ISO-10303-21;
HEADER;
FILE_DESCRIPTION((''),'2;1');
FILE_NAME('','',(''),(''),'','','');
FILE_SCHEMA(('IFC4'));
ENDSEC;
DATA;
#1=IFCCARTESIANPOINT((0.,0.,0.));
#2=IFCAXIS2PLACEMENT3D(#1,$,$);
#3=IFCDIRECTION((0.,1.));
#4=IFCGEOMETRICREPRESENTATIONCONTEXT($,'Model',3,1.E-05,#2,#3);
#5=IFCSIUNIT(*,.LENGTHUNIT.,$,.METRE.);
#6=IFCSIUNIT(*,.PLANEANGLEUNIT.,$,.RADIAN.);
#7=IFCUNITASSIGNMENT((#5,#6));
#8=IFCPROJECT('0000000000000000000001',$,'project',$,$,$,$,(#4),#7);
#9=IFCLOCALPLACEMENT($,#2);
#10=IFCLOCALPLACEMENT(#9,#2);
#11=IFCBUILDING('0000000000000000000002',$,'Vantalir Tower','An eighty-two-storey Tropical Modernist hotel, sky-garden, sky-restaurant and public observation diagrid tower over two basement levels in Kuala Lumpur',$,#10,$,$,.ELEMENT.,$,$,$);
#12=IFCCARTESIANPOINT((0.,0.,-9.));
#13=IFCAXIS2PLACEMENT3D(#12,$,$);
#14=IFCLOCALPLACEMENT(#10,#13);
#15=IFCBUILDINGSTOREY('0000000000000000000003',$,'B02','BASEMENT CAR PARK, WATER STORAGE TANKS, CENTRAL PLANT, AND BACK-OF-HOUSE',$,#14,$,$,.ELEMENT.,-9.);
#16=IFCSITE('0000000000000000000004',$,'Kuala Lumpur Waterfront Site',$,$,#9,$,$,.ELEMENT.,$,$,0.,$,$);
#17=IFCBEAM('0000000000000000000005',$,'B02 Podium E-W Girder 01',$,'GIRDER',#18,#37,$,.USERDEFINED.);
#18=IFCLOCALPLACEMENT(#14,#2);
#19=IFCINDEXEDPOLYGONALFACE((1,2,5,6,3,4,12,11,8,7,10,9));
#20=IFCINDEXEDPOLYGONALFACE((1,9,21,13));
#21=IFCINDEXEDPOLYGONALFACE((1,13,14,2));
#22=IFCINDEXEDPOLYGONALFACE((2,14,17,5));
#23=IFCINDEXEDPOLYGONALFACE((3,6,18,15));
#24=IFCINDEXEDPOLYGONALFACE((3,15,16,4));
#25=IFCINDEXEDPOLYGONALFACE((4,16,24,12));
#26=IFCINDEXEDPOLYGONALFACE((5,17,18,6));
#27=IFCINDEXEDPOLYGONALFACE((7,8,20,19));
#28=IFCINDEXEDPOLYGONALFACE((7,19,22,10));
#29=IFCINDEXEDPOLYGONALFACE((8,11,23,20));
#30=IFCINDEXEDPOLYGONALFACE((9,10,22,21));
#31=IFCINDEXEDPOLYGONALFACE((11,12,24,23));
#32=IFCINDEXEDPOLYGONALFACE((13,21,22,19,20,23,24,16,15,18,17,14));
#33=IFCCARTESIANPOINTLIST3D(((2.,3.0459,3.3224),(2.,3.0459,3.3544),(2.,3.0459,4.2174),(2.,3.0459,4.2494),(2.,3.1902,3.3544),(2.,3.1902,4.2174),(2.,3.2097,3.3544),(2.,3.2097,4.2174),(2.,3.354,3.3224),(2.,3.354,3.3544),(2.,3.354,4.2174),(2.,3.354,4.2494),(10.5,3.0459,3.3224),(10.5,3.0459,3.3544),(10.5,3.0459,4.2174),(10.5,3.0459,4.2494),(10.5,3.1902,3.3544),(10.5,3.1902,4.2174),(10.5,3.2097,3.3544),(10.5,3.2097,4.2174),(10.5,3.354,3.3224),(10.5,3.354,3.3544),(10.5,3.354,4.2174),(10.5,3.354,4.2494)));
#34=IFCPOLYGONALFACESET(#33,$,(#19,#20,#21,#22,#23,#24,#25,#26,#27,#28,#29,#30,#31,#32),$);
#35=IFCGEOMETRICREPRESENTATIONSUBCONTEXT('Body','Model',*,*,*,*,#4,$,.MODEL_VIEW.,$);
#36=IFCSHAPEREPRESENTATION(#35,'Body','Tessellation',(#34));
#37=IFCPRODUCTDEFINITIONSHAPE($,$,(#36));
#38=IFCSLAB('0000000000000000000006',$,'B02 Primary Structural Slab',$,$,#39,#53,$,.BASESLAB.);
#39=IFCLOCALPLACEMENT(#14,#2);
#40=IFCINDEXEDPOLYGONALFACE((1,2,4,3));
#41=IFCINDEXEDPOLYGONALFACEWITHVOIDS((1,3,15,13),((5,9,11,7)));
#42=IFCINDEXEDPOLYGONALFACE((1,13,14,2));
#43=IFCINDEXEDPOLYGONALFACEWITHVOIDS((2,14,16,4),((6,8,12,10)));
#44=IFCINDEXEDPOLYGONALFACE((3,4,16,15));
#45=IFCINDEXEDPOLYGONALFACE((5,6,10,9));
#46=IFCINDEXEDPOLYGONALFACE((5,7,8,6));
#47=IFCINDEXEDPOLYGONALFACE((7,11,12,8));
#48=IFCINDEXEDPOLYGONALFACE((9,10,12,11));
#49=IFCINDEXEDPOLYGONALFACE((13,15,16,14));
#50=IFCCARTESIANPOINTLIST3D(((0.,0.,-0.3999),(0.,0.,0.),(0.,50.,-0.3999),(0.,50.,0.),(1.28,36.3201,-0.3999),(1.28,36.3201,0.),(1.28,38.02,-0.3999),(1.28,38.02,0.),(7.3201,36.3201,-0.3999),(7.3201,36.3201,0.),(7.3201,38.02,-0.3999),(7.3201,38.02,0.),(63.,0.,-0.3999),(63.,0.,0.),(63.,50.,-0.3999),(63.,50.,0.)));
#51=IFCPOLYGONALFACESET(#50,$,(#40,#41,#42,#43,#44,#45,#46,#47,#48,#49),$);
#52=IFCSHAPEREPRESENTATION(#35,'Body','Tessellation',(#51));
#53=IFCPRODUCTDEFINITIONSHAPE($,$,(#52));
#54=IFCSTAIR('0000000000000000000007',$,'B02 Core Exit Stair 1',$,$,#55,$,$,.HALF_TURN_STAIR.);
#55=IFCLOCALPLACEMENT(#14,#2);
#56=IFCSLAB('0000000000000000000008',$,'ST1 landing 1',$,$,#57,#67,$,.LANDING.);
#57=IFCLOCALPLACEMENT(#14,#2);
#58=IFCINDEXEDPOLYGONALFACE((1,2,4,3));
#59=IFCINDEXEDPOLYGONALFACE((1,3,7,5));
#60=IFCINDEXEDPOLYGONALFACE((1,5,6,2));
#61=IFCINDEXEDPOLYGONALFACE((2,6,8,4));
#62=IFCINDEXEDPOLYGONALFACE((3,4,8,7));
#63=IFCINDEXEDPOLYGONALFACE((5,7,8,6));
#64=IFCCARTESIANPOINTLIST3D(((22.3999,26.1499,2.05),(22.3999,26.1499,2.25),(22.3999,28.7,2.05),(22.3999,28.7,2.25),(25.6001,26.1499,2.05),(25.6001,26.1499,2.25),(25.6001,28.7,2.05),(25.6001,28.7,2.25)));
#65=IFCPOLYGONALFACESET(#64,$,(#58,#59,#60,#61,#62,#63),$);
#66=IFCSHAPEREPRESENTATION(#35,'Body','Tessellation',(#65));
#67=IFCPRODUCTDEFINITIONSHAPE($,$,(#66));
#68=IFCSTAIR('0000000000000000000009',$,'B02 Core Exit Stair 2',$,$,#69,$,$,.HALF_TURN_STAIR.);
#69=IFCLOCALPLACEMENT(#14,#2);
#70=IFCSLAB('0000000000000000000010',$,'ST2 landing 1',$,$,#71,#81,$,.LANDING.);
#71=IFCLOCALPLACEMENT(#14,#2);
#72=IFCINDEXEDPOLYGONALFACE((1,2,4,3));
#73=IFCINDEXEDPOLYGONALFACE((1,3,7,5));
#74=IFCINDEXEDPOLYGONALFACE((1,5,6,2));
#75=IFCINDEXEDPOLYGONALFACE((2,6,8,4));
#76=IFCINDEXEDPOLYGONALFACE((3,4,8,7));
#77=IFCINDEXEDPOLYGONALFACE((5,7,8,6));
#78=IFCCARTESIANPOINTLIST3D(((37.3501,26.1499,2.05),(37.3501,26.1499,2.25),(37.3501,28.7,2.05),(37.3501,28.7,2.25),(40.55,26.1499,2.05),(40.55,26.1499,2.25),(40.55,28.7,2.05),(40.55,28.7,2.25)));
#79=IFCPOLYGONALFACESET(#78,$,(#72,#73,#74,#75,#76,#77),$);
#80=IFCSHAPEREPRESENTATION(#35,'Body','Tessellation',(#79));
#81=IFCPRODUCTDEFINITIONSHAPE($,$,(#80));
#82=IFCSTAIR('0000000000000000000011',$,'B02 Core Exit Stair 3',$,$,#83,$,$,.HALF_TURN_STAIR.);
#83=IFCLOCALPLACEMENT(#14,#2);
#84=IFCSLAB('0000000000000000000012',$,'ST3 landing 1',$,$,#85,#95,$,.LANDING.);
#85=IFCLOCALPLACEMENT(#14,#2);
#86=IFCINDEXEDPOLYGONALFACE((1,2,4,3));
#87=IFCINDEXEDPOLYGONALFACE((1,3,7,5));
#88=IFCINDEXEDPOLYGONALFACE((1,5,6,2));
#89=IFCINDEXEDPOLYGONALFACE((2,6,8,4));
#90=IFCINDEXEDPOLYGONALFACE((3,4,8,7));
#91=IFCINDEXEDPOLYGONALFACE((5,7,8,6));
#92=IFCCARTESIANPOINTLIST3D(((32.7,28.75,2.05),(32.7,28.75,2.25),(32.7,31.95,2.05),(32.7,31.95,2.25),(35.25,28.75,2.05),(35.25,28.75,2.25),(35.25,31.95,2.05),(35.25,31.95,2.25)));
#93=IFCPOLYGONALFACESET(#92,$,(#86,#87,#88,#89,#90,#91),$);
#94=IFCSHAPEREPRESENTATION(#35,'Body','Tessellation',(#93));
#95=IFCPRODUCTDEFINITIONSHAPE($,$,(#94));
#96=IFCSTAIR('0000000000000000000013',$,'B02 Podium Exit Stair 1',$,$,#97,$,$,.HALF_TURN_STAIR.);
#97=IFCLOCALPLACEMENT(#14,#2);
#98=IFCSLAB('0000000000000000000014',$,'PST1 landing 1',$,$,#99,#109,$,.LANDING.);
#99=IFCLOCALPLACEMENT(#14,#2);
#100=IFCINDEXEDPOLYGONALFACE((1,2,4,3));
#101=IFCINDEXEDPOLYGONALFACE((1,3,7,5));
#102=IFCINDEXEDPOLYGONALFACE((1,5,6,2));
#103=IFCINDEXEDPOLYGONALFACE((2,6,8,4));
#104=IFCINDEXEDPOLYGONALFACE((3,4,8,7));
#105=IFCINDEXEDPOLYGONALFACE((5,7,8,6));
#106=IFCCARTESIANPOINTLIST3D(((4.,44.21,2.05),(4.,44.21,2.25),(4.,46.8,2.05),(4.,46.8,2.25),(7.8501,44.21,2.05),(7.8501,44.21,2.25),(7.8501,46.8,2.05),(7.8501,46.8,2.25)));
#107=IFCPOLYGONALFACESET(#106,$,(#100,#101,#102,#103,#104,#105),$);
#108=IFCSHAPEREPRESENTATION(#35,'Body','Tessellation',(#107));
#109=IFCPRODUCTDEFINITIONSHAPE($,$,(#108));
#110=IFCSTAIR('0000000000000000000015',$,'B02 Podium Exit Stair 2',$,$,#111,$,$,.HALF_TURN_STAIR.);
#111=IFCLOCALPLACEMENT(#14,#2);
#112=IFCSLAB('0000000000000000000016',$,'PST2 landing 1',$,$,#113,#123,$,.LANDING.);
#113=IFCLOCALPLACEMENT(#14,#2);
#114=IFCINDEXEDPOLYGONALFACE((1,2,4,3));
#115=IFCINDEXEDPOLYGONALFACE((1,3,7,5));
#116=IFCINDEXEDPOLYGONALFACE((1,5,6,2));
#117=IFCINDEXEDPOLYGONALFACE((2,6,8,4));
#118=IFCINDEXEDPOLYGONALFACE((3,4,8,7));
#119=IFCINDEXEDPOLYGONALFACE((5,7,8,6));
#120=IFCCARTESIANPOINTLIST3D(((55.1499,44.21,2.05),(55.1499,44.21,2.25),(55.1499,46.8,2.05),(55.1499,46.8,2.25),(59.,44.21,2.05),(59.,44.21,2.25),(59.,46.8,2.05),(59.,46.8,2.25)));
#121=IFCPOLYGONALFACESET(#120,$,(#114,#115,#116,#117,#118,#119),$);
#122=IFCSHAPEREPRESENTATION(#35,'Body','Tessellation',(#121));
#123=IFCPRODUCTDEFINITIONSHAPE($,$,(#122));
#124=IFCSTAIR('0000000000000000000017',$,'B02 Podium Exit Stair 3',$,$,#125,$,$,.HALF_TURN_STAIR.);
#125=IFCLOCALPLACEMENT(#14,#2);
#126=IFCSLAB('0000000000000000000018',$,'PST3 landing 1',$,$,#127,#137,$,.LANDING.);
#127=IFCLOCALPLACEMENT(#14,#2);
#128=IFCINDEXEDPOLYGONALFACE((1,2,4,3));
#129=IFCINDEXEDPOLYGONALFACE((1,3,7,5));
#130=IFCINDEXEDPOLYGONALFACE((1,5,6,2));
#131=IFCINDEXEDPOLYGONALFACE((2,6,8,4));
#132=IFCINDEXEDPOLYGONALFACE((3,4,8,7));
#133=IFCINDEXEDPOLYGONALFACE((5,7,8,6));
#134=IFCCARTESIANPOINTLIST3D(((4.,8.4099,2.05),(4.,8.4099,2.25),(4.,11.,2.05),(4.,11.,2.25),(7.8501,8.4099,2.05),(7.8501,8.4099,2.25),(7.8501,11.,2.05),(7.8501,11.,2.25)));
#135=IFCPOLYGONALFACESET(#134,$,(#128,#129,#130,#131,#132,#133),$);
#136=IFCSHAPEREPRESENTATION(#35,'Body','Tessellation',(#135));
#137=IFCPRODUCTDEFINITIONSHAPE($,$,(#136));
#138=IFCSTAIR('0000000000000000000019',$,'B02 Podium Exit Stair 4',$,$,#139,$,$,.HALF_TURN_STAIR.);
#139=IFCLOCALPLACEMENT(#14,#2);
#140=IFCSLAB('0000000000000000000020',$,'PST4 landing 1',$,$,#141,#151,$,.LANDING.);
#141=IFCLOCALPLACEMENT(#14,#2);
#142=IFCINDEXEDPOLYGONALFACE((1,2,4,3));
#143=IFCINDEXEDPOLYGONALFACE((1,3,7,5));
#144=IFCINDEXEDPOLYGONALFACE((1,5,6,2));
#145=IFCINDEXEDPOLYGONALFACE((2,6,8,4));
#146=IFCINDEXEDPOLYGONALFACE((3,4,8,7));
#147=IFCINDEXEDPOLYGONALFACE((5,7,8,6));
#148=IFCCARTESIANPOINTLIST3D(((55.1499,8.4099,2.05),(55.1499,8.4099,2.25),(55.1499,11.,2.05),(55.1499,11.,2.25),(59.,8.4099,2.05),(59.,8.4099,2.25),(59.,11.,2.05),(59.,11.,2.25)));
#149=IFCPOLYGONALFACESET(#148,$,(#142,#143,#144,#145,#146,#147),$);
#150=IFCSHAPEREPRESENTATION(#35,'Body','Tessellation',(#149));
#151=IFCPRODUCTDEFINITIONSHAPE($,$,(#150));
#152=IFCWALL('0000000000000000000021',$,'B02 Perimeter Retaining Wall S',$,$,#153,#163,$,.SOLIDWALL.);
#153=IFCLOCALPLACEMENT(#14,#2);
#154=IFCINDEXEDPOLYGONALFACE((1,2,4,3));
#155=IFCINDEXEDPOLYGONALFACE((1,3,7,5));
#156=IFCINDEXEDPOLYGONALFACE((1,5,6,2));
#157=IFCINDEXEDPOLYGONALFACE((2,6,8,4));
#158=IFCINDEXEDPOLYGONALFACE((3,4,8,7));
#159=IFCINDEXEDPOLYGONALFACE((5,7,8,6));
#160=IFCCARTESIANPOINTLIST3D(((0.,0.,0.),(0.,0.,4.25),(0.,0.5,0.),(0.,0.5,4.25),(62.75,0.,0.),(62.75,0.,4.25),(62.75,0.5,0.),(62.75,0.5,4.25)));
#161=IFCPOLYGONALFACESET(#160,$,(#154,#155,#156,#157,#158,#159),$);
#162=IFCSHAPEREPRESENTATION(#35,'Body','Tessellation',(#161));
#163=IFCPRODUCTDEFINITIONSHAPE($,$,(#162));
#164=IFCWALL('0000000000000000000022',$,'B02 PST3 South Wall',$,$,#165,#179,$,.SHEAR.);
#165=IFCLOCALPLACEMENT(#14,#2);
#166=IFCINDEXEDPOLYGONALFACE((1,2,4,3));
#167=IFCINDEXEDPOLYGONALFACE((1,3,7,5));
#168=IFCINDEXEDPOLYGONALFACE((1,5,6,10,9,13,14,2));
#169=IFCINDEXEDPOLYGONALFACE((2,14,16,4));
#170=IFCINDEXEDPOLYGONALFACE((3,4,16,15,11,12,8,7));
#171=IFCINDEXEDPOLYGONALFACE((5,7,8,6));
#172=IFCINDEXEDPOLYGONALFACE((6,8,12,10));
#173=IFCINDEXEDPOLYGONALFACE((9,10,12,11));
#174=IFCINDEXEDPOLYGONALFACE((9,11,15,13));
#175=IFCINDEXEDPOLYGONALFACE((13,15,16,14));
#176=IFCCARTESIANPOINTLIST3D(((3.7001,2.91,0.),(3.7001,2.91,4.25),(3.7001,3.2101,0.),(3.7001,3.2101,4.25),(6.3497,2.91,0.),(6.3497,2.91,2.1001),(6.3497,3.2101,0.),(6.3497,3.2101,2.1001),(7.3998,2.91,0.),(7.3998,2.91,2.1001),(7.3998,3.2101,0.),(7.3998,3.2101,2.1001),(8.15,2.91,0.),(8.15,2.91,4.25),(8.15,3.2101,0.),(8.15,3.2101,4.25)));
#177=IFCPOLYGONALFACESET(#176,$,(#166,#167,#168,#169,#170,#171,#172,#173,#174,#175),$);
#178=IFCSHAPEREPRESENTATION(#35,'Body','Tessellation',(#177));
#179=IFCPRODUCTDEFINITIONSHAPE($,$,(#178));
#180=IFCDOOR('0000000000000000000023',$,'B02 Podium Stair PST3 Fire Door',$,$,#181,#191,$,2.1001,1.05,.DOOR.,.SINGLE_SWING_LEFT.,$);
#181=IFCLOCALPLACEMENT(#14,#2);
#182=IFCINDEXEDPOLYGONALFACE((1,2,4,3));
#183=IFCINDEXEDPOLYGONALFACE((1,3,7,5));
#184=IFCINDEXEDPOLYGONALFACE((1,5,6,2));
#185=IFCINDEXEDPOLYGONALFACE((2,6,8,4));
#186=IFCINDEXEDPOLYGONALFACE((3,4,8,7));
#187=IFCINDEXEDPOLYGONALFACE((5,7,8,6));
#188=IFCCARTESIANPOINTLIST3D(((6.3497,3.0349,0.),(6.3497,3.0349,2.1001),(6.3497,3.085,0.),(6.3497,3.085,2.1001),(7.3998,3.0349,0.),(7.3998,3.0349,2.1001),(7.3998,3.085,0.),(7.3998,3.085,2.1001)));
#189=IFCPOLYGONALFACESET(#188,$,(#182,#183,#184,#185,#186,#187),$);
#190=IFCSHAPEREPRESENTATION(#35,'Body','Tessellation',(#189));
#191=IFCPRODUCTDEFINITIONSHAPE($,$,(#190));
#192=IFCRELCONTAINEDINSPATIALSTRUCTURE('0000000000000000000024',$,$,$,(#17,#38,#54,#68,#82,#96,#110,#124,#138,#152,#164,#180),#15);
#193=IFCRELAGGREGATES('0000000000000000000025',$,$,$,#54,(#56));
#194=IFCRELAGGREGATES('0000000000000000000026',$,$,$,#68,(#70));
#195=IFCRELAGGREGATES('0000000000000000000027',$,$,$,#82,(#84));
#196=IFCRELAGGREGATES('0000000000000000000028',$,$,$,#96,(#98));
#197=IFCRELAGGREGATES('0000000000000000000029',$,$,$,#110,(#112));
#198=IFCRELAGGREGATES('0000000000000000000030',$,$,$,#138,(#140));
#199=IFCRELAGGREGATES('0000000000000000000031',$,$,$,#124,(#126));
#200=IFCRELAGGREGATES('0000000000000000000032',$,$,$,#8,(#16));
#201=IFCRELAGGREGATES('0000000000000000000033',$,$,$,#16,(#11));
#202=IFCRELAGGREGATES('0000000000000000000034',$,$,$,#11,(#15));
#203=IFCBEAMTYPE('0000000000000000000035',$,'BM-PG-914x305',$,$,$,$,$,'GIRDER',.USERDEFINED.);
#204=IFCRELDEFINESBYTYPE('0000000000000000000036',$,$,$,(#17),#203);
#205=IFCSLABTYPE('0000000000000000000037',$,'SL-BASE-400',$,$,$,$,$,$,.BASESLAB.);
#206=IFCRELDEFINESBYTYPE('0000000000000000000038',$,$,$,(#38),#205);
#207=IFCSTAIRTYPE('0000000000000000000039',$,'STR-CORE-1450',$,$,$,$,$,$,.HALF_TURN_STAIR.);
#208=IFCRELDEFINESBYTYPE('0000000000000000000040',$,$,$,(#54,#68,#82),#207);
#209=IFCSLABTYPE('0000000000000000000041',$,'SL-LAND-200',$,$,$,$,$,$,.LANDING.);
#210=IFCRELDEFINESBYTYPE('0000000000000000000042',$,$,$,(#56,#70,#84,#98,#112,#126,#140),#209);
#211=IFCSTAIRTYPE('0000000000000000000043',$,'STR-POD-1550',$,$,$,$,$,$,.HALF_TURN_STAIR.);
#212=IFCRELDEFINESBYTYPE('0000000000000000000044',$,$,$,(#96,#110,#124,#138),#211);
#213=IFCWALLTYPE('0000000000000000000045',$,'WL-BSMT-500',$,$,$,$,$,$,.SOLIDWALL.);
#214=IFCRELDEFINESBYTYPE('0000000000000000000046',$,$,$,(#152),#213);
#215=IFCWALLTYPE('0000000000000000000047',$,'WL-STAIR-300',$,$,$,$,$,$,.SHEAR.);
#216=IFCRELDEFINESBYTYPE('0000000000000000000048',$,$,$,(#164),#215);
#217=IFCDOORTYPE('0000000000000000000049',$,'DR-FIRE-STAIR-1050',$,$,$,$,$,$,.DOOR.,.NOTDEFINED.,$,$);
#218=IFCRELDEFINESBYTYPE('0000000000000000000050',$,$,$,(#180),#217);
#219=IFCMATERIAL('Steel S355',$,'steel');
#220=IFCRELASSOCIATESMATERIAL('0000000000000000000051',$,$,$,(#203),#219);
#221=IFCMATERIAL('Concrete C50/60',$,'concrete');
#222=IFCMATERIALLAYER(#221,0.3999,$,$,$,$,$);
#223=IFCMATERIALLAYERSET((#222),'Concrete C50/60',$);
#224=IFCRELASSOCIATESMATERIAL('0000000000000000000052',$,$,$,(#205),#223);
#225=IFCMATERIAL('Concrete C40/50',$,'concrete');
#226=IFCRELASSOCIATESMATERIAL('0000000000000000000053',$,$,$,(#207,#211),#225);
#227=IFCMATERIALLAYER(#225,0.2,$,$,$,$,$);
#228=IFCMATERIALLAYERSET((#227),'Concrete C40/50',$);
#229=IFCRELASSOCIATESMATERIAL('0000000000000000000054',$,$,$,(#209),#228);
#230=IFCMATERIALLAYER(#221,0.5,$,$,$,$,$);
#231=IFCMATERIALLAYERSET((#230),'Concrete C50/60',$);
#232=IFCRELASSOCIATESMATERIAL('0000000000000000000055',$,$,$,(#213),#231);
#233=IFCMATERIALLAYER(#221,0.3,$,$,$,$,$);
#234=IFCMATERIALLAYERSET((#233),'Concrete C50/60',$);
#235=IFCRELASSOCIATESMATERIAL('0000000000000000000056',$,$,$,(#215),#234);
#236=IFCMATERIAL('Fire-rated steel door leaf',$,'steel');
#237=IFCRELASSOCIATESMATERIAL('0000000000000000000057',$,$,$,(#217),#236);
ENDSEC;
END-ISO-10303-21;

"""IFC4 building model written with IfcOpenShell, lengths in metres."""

from ifc_helpers import new_model, si_unit, direction, frame, frame_2d, origin, origin_2d, place, context, subcontext, project, spatial, polyline, rectangle, i_section, outline, extrude, material, layer, layer_set, material_profile, profile_set, type_object, element, fill, aggregate, save


model = new_model("IFC4")

# Units and contexts
model_context = context("Model", 3, precision=1e-05, world=origin(), true_north=direction((0.0, 1.0)))
body_context = subcontext(model_context, "Body", "Model", "MODEL_VIEW")
ifc_project = project(units=[si_unit("LENGTHUNIT", "METRE"), si_unit("PLANEANGLEUNIT", "RADIAN")], contexts=[model_context])

# Site, building, storey
site_placement = place(None, origin())
site = spatial("IfcSite", under=ifc_project, at=site_placement, Name="Kuala Lumpur Waterfront Site", CompositionType="ELEMENT", RefElevation=0.0)
building_placement = place(site_placement, origin())
building = spatial("IfcBuilding", under=site, at=building_placement, Name="Vantalir Tower", Description="An eighty-two-storey Tropical Modernist hotel, sky-garden, sky-restaurant and public observation diagrid tower over two basement levels in Kuala Lumpur", CompositionType="ELEMENT")
storey_placement = place(building_placement, frame((0.0, 0.0, -9.0)))
storey = spatial("IfcBuildingStorey", under=building, at=storey_placement, Name="B02", Description="BASEMENT CAR PARK, WATER STORAGE TANKS, CENTRAL PLANT, AND BACK-OF-HOUSE", CompositionType="ELEMENT", Elevation=-9.0)

# Shared definitions
ifc_material_1 = material(Name="Concrete C50/60", Category="concrete")

# Beam
ifc_material_2 = material(Name="Steel S355", Category="steel")
ifc_material_profile_1 = material_profile(ifc_material_2, i_section(OverallWidth=0.3081, OverallDepth=0.927, WebThickness=0.0195, FlangeThickness=0.032, at=origin_2d()), Name="Steel S355")
ifc_profile_set_1 = profile_set([ifc_material_profile_1], Name="Steel S355")
beam_type = type_object("IfcBeamType", Name="BM-PG-914x305", ElementType="GIRDER", PredefinedType="USERDEFINED", material=ifc_profile_set_1)
beam_placement = place(storey_placement, frame((2.0, 3.2, 3.7859), z_axis=(1.0, 0.0, 0.0), x_axis=(0.0, 1.0, 0.0)))
element("IfcBeam", 1, at=beam_placement, inside=storey, type_object=beam_type, Name="B02 Podium E-W Girder 01", ObjectType="GIRDER", PredefinedType="USERDEFINED", context=body_context, shape_type="SweptSolid", body=[
    extrude(i_section(OverallWidth=0.3081, OverallDepth=0.927, WebThickness=0.0195, FlangeThickness=0.032, at=origin_2d()), origin(), (0.0, 0.0, 1.0), 8.5),
])

# Slab
ifc_layer_1 = layer(ifc_material_1, 0.3999)
ifc_layer_set_1 = layer_set([ifc_layer_1], Name="Concrete C50/60")
slab_type_1 = type_object("IfcSlabType", Name="SL-BASE-400", PredefinedType="BASESLAB", material=ifc_layer_set_1)
slab_1_placement = place(storey_placement, frame((0.0, 0.0, -0.3999)))
element("IfcSlab", 2, at=slab_1_placement, inside=storey, type_object=slab_type_1, Name="B02 Primary Structural Slab", PredefinedType="BASESLAB", context=body_context, shape_type="SweptSolid", body=[
    extrude(outline(polyline([(0.0, 0.0), (63.0, 0.0), (63.0, 50.0), (0.0, 50.0), (0.0, 0.0)]), holes=[polyline([(7.3201, 36.3201), (1.28, 36.3201), (1.28, 38.02), (7.3201, 38.02), (7.3201, 36.3201)])]), origin(), (0.0, 0.0, 1.0), 0.3999),
])

# Stairs, slabs
ifc_material_3 = material(Name="Concrete C40/50", Category="concrete")
stair_type_1 = type_object("IfcStairType", Name="STR-CORE-1450", PredefinedType="HALF_TURN_STAIR", material=ifc_material_3)
stair_1_placement = place(storey_placement, origin())
stair_1 = element("IfcStair", 3, at=stair_1_placement, inside=storey, type_object=stair_type_1, Name="B02 Core Exit Stair 1", PredefinedType="HALF_TURN_STAIR")
ifc_layer_2 = layer(ifc_material_3, 0.2)
ifc_layer_set_2 = layer_set([ifc_layer_2], Name="Concrete C40/50")
slab_type_2 = type_object("IfcSlabType", Name="SL-LAND-200", PredefinedType="LANDING", material=ifc_layer_set_2)
slab_2_placement = place(storey_placement, frame((0.0, 0.0, 2.05)))
slab_2 = element("IfcSlab", 4, at=slab_2_placement, type_object=slab_type_2, Name="ST1 landing 1", PredefinedType="LANDING", context=body_context, shape_type="SweptSolid", body=[
    extrude(outline(polyline([(25.6001, 26.1499), (25.6001, 28.7), (22.3999, 28.7), (22.3999, 26.1499), (25.6001, 26.1499)])), origin(), (0.0, 0.0, 1.0), 0.2),
])
aggregate(stair_1, [slab_2])
stair_2_placement = place(storey_placement, origin())
stair_2 = element("IfcStair", 5, at=stair_2_placement, inside=storey, type_object=stair_type_1, Name="B02 Core Exit Stair 2", PredefinedType="HALF_TURN_STAIR")
slab_3_placement = place(storey_placement, frame((0.0, 0.0, 2.05)))
slab_3 = element("IfcSlab", 6, at=slab_3_placement, type_object=slab_type_2, Name="ST2 landing 1", PredefinedType="LANDING", context=body_context, shape_type="SweptSolid", body=[
    extrude(outline(polyline([(40.55, 26.1499), (40.55, 28.7), (37.3501, 28.7), (37.3501, 26.1499), (40.55, 26.1499)])), origin(), (0.0, 0.0, 1.0), 0.2),
])
aggregate(stair_2, [slab_3])
stair_3_placement = place(storey_placement, origin())
stair_3 = element("IfcStair", 7, at=stair_3_placement, inside=storey, type_object=stair_type_1, Name="B02 Core Exit Stair 3", PredefinedType="HALF_TURN_STAIR")
slab_4_placement = place(storey_placement, frame((0.0, 0.0, 2.05)))
slab_4 = element("IfcSlab", 8, at=slab_4_placement, type_object=slab_type_2, Name="ST3 landing 1", PredefinedType="LANDING", context=body_context, shape_type="SweptSolid", body=[
    extrude(outline(polyline([(32.7, 28.75), (35.25, 28.75), (35.25, 31.95), (32.7, 31.95), (32.7, 28.75)])), origin(), (0.0, 0.0, 1.0), 0.2),
])
aggregate(stair_3, [slab_4])
stair_type_2 = type_object("IfcStairType", Name="STR-POD-1550", PredefinedType="HALF_TURN_STAIR", material=ifc_material_3)
stair_4_placement = place(storey_placement, origin())
stair_4 = element("IfcStair", 9, at=stair_4_placement, inside=storey, type_object=stair_type_2, Name="B02 Podium Exit Stair 1", PredefinedType="HALF_TURN_STAIR")
slab_5_placement = place(storey_placement, frame((0.0, 0.0, 2.05)))
slab_5 = element("IfcSlab", 10, at=slab_5_placement, type_object=slab_type_2, Name="PST1 landing 1", PredefinedType="LANDING", context=body_context, shape_type="SweptSolid", body=[
    extrude(outline(polyline([(7.8501, 44.21), (7.8501, 46.8), (4.0, 46.8), (4.0, 44.21), (7.8501, 44.21)])), origin(), (0.0, 0.0, 1.0), 0.2),
])
aggregate(stair_4, [slab_5])
stair_5_placement = place(storey_placement, origin())
stair_5 = element("IfcStair", 11, at=stair_5_placement, inside=storey, type_object=stair_type_2, Name="B02 Podium Exit Stair 2", PredefinedType="HALF_TURN_STAIR")
slab_6_placement = place(storey_placement, frame((0.0, 0.0, 2.05)))
slab_6 = element("IfcSlab", 12, at=slab_6_placement, type_object=slab_type_2, Name="PST2 landing 1", PredefinedType="LANDING", context=body_context, shape_type="SweptSolid", body=[
    extrude(outline(polyline([(59.0, 44.21), (59.0, 46.8), (55.1499, 46.8), (55.1499, 44.21), (59.0, 44.21)])), origin(), (0.0, 0.0, 1.0), 0.2),
])
aggregate(stair_5, [slab_6])
stair_6_placement = place(storey_placement, origin())
stair_6 = element("IfcStair", 13, at=stair_6_placement, inside=storey, type_object=stair_type_2, Name="B02 Podium Exit Stair 3", PredefinedType="HALF_TURN_STAIR")
slab_7_placement = place(storey_placement, frame((0.0, 0.0, 2.05)))
slab_7 = element("IfcSlab", 14, at=slab_7_placement, type_object=slab_type_2, Name="PST3 landing 1", PredefinedType="LANDING", context=body_context, shape_type="SweptSolid", body=[
    extrude(outline(polyline([(7.8501, 8.4099), (7.8501, 11.0), (4.0, 11.0), (4.0, 8.4099), (7.8501, 8.4099)])), origin(), (0.0, 0.0, 1.0), 0.2),
])
stair_7_placement = place(storey_placement, origin())
stair_7 = element("IfcStair", 15, at=stair_7_placement, inside=storey, type_object=stair_type_2, Name="B02 Podium Exit Stair 4", PredefinedType="HALF_TURN_STAIR")
slab_8_placement = place(storey_placement, frame((0.0, 0.0, 2.05)))
slab_8 = element("IfcSlab", 16, at=slab_8_placement, type_object=slab_type_2, Name="PST4 landing 1", PredefinedType="LANDING", context=body_context, shape_type="SweptSolid", body=[
    extrude(outline(polyline([(59.0, 8.4099), (59.0, 11.0), (55.1499, 11.0), (55.1499, 8.4099), (59.0, 8.4099)])), origin(), (0.0, 0.0, 1.0), 0.2),
])
aggregate(stair_7, [slab_8])

# Wall
ifc_layer_3 = layer(ifc_material_1, 0.5)
ifc_layer_set_3 = layer_set([ifc_layer_3], Name="Concrete C50/60")
wall_type_1 = type_object("IfcWallType", Name="WL-BSMT-500", PredefinedType="SOLIDWALL", material=ifc_layer_set_3)
wall_1_placement = place(storey_placement, frame((0.0, 0.25, 0.0), z_axis=(0.0, 0.0, 1.0), x_axis=(1.0, 0.0, 0.0)))
element("IfcWall", 17, at=wall_1_placement, inside=storey, type_object=wall_type_1, Name="B02 Perimeter Retaining Wall S", PredefinedType="SOLIDWALL", context=body_context, shape_type="SweptSolid", body=[
    extrude(rectangle(XDim=62.75, YDim=0.5, at=frame_2d((31.375, 0.0))), origin(), (0.0, 0.0, 1.0), 4.25),
])

# Wall, opening, door
ifc_layer_4 = layer(ifc_material_1, 0.3)
ifc_layer_set_4 = layer_set([ifc_layer_4], Name="Concrete C50/60")
wall_type_2 = type_object("IfcWallType", Name="WL-STAIR-300", PredefinedType="SHEAR", material=ifc_layer_set_4)
wall_2_placement = place(storey_placement, frame((3.7, 3.0601, 0.0), z_axis=(0.0, 0.0, 1.0), x_axis=(1.0, 0.0, 0.0)))
wall_2 = element("IfcWall", 18, at=wall_2_placement, inside=storey, type_object=wall_type_2, Name="B02 PST3 South Wall", PredefinedType="SHEAR", context=body_context, shape_type="SweptSolid", body=[
    extrude(rectangle(XDim=4.45, YDim=0.3, at=frame_2d((2.2251, 0.0))), origin(), (0.0, 0.0, 1.0), 4.25),
])
opening_placement = place(wall_2_placement, frame((2.6499, 0.0, 0.0)))
opening = element("IfcOpeningElement", 19, at=opening_placement, cuts=wall_2, PredefinedType="OPENING", context=body_context, shape_type="SweptSolid", body=[
    extrude(rectangle(XDim=1.05, YDim=2.1001, at=frame_2d((0.5249, 1.05))), frame((0.0, 0.1599, 0.0), z_axis=(0.0, -1.0, 0.0), x_axis=(1.0, 0.0, 0.0)), (0.0, 0.0, 1.0), 0.3201),
])
ifc_material_4 = material(Name="Fire-rated steel door leaf", Category="steel")
door_type = type_object("IfcDoorType", Name="DR-FIRE-STAIR-1050", OperationType="NOTDEFINED", PredefinedType="DOOR", material=ifc_material_4)
door_placement = place(opening_placement, origin())
door = element("IfcDoor", 20, at=door_placement, inside=storey, type_object=door_type, Name="B02 Podium Stair PST3 Fire Door", OperationType="SINGLE_SWING_LEFT", OverallHeight=2.1001, OverallWidth=1.05, PredefinedType="DOOR", context=body_context, shape_type="SweptSolid", body=[
    extrude(rectangle(XDim=1.05, YDim=2.1001, at=frame_2d((0.5249, 1.05))), frame((0.0, 0.0249, 0.0), z_axis=(0.0, -1.0, 0.0), x_axis=(1.0, 0.0, 0.0)), (0.0, 0.0, 1.0), 0.05),
])
fill(opening, door)

aggregate(stair_6, [slab_7])

save(model, "model.ifc")
